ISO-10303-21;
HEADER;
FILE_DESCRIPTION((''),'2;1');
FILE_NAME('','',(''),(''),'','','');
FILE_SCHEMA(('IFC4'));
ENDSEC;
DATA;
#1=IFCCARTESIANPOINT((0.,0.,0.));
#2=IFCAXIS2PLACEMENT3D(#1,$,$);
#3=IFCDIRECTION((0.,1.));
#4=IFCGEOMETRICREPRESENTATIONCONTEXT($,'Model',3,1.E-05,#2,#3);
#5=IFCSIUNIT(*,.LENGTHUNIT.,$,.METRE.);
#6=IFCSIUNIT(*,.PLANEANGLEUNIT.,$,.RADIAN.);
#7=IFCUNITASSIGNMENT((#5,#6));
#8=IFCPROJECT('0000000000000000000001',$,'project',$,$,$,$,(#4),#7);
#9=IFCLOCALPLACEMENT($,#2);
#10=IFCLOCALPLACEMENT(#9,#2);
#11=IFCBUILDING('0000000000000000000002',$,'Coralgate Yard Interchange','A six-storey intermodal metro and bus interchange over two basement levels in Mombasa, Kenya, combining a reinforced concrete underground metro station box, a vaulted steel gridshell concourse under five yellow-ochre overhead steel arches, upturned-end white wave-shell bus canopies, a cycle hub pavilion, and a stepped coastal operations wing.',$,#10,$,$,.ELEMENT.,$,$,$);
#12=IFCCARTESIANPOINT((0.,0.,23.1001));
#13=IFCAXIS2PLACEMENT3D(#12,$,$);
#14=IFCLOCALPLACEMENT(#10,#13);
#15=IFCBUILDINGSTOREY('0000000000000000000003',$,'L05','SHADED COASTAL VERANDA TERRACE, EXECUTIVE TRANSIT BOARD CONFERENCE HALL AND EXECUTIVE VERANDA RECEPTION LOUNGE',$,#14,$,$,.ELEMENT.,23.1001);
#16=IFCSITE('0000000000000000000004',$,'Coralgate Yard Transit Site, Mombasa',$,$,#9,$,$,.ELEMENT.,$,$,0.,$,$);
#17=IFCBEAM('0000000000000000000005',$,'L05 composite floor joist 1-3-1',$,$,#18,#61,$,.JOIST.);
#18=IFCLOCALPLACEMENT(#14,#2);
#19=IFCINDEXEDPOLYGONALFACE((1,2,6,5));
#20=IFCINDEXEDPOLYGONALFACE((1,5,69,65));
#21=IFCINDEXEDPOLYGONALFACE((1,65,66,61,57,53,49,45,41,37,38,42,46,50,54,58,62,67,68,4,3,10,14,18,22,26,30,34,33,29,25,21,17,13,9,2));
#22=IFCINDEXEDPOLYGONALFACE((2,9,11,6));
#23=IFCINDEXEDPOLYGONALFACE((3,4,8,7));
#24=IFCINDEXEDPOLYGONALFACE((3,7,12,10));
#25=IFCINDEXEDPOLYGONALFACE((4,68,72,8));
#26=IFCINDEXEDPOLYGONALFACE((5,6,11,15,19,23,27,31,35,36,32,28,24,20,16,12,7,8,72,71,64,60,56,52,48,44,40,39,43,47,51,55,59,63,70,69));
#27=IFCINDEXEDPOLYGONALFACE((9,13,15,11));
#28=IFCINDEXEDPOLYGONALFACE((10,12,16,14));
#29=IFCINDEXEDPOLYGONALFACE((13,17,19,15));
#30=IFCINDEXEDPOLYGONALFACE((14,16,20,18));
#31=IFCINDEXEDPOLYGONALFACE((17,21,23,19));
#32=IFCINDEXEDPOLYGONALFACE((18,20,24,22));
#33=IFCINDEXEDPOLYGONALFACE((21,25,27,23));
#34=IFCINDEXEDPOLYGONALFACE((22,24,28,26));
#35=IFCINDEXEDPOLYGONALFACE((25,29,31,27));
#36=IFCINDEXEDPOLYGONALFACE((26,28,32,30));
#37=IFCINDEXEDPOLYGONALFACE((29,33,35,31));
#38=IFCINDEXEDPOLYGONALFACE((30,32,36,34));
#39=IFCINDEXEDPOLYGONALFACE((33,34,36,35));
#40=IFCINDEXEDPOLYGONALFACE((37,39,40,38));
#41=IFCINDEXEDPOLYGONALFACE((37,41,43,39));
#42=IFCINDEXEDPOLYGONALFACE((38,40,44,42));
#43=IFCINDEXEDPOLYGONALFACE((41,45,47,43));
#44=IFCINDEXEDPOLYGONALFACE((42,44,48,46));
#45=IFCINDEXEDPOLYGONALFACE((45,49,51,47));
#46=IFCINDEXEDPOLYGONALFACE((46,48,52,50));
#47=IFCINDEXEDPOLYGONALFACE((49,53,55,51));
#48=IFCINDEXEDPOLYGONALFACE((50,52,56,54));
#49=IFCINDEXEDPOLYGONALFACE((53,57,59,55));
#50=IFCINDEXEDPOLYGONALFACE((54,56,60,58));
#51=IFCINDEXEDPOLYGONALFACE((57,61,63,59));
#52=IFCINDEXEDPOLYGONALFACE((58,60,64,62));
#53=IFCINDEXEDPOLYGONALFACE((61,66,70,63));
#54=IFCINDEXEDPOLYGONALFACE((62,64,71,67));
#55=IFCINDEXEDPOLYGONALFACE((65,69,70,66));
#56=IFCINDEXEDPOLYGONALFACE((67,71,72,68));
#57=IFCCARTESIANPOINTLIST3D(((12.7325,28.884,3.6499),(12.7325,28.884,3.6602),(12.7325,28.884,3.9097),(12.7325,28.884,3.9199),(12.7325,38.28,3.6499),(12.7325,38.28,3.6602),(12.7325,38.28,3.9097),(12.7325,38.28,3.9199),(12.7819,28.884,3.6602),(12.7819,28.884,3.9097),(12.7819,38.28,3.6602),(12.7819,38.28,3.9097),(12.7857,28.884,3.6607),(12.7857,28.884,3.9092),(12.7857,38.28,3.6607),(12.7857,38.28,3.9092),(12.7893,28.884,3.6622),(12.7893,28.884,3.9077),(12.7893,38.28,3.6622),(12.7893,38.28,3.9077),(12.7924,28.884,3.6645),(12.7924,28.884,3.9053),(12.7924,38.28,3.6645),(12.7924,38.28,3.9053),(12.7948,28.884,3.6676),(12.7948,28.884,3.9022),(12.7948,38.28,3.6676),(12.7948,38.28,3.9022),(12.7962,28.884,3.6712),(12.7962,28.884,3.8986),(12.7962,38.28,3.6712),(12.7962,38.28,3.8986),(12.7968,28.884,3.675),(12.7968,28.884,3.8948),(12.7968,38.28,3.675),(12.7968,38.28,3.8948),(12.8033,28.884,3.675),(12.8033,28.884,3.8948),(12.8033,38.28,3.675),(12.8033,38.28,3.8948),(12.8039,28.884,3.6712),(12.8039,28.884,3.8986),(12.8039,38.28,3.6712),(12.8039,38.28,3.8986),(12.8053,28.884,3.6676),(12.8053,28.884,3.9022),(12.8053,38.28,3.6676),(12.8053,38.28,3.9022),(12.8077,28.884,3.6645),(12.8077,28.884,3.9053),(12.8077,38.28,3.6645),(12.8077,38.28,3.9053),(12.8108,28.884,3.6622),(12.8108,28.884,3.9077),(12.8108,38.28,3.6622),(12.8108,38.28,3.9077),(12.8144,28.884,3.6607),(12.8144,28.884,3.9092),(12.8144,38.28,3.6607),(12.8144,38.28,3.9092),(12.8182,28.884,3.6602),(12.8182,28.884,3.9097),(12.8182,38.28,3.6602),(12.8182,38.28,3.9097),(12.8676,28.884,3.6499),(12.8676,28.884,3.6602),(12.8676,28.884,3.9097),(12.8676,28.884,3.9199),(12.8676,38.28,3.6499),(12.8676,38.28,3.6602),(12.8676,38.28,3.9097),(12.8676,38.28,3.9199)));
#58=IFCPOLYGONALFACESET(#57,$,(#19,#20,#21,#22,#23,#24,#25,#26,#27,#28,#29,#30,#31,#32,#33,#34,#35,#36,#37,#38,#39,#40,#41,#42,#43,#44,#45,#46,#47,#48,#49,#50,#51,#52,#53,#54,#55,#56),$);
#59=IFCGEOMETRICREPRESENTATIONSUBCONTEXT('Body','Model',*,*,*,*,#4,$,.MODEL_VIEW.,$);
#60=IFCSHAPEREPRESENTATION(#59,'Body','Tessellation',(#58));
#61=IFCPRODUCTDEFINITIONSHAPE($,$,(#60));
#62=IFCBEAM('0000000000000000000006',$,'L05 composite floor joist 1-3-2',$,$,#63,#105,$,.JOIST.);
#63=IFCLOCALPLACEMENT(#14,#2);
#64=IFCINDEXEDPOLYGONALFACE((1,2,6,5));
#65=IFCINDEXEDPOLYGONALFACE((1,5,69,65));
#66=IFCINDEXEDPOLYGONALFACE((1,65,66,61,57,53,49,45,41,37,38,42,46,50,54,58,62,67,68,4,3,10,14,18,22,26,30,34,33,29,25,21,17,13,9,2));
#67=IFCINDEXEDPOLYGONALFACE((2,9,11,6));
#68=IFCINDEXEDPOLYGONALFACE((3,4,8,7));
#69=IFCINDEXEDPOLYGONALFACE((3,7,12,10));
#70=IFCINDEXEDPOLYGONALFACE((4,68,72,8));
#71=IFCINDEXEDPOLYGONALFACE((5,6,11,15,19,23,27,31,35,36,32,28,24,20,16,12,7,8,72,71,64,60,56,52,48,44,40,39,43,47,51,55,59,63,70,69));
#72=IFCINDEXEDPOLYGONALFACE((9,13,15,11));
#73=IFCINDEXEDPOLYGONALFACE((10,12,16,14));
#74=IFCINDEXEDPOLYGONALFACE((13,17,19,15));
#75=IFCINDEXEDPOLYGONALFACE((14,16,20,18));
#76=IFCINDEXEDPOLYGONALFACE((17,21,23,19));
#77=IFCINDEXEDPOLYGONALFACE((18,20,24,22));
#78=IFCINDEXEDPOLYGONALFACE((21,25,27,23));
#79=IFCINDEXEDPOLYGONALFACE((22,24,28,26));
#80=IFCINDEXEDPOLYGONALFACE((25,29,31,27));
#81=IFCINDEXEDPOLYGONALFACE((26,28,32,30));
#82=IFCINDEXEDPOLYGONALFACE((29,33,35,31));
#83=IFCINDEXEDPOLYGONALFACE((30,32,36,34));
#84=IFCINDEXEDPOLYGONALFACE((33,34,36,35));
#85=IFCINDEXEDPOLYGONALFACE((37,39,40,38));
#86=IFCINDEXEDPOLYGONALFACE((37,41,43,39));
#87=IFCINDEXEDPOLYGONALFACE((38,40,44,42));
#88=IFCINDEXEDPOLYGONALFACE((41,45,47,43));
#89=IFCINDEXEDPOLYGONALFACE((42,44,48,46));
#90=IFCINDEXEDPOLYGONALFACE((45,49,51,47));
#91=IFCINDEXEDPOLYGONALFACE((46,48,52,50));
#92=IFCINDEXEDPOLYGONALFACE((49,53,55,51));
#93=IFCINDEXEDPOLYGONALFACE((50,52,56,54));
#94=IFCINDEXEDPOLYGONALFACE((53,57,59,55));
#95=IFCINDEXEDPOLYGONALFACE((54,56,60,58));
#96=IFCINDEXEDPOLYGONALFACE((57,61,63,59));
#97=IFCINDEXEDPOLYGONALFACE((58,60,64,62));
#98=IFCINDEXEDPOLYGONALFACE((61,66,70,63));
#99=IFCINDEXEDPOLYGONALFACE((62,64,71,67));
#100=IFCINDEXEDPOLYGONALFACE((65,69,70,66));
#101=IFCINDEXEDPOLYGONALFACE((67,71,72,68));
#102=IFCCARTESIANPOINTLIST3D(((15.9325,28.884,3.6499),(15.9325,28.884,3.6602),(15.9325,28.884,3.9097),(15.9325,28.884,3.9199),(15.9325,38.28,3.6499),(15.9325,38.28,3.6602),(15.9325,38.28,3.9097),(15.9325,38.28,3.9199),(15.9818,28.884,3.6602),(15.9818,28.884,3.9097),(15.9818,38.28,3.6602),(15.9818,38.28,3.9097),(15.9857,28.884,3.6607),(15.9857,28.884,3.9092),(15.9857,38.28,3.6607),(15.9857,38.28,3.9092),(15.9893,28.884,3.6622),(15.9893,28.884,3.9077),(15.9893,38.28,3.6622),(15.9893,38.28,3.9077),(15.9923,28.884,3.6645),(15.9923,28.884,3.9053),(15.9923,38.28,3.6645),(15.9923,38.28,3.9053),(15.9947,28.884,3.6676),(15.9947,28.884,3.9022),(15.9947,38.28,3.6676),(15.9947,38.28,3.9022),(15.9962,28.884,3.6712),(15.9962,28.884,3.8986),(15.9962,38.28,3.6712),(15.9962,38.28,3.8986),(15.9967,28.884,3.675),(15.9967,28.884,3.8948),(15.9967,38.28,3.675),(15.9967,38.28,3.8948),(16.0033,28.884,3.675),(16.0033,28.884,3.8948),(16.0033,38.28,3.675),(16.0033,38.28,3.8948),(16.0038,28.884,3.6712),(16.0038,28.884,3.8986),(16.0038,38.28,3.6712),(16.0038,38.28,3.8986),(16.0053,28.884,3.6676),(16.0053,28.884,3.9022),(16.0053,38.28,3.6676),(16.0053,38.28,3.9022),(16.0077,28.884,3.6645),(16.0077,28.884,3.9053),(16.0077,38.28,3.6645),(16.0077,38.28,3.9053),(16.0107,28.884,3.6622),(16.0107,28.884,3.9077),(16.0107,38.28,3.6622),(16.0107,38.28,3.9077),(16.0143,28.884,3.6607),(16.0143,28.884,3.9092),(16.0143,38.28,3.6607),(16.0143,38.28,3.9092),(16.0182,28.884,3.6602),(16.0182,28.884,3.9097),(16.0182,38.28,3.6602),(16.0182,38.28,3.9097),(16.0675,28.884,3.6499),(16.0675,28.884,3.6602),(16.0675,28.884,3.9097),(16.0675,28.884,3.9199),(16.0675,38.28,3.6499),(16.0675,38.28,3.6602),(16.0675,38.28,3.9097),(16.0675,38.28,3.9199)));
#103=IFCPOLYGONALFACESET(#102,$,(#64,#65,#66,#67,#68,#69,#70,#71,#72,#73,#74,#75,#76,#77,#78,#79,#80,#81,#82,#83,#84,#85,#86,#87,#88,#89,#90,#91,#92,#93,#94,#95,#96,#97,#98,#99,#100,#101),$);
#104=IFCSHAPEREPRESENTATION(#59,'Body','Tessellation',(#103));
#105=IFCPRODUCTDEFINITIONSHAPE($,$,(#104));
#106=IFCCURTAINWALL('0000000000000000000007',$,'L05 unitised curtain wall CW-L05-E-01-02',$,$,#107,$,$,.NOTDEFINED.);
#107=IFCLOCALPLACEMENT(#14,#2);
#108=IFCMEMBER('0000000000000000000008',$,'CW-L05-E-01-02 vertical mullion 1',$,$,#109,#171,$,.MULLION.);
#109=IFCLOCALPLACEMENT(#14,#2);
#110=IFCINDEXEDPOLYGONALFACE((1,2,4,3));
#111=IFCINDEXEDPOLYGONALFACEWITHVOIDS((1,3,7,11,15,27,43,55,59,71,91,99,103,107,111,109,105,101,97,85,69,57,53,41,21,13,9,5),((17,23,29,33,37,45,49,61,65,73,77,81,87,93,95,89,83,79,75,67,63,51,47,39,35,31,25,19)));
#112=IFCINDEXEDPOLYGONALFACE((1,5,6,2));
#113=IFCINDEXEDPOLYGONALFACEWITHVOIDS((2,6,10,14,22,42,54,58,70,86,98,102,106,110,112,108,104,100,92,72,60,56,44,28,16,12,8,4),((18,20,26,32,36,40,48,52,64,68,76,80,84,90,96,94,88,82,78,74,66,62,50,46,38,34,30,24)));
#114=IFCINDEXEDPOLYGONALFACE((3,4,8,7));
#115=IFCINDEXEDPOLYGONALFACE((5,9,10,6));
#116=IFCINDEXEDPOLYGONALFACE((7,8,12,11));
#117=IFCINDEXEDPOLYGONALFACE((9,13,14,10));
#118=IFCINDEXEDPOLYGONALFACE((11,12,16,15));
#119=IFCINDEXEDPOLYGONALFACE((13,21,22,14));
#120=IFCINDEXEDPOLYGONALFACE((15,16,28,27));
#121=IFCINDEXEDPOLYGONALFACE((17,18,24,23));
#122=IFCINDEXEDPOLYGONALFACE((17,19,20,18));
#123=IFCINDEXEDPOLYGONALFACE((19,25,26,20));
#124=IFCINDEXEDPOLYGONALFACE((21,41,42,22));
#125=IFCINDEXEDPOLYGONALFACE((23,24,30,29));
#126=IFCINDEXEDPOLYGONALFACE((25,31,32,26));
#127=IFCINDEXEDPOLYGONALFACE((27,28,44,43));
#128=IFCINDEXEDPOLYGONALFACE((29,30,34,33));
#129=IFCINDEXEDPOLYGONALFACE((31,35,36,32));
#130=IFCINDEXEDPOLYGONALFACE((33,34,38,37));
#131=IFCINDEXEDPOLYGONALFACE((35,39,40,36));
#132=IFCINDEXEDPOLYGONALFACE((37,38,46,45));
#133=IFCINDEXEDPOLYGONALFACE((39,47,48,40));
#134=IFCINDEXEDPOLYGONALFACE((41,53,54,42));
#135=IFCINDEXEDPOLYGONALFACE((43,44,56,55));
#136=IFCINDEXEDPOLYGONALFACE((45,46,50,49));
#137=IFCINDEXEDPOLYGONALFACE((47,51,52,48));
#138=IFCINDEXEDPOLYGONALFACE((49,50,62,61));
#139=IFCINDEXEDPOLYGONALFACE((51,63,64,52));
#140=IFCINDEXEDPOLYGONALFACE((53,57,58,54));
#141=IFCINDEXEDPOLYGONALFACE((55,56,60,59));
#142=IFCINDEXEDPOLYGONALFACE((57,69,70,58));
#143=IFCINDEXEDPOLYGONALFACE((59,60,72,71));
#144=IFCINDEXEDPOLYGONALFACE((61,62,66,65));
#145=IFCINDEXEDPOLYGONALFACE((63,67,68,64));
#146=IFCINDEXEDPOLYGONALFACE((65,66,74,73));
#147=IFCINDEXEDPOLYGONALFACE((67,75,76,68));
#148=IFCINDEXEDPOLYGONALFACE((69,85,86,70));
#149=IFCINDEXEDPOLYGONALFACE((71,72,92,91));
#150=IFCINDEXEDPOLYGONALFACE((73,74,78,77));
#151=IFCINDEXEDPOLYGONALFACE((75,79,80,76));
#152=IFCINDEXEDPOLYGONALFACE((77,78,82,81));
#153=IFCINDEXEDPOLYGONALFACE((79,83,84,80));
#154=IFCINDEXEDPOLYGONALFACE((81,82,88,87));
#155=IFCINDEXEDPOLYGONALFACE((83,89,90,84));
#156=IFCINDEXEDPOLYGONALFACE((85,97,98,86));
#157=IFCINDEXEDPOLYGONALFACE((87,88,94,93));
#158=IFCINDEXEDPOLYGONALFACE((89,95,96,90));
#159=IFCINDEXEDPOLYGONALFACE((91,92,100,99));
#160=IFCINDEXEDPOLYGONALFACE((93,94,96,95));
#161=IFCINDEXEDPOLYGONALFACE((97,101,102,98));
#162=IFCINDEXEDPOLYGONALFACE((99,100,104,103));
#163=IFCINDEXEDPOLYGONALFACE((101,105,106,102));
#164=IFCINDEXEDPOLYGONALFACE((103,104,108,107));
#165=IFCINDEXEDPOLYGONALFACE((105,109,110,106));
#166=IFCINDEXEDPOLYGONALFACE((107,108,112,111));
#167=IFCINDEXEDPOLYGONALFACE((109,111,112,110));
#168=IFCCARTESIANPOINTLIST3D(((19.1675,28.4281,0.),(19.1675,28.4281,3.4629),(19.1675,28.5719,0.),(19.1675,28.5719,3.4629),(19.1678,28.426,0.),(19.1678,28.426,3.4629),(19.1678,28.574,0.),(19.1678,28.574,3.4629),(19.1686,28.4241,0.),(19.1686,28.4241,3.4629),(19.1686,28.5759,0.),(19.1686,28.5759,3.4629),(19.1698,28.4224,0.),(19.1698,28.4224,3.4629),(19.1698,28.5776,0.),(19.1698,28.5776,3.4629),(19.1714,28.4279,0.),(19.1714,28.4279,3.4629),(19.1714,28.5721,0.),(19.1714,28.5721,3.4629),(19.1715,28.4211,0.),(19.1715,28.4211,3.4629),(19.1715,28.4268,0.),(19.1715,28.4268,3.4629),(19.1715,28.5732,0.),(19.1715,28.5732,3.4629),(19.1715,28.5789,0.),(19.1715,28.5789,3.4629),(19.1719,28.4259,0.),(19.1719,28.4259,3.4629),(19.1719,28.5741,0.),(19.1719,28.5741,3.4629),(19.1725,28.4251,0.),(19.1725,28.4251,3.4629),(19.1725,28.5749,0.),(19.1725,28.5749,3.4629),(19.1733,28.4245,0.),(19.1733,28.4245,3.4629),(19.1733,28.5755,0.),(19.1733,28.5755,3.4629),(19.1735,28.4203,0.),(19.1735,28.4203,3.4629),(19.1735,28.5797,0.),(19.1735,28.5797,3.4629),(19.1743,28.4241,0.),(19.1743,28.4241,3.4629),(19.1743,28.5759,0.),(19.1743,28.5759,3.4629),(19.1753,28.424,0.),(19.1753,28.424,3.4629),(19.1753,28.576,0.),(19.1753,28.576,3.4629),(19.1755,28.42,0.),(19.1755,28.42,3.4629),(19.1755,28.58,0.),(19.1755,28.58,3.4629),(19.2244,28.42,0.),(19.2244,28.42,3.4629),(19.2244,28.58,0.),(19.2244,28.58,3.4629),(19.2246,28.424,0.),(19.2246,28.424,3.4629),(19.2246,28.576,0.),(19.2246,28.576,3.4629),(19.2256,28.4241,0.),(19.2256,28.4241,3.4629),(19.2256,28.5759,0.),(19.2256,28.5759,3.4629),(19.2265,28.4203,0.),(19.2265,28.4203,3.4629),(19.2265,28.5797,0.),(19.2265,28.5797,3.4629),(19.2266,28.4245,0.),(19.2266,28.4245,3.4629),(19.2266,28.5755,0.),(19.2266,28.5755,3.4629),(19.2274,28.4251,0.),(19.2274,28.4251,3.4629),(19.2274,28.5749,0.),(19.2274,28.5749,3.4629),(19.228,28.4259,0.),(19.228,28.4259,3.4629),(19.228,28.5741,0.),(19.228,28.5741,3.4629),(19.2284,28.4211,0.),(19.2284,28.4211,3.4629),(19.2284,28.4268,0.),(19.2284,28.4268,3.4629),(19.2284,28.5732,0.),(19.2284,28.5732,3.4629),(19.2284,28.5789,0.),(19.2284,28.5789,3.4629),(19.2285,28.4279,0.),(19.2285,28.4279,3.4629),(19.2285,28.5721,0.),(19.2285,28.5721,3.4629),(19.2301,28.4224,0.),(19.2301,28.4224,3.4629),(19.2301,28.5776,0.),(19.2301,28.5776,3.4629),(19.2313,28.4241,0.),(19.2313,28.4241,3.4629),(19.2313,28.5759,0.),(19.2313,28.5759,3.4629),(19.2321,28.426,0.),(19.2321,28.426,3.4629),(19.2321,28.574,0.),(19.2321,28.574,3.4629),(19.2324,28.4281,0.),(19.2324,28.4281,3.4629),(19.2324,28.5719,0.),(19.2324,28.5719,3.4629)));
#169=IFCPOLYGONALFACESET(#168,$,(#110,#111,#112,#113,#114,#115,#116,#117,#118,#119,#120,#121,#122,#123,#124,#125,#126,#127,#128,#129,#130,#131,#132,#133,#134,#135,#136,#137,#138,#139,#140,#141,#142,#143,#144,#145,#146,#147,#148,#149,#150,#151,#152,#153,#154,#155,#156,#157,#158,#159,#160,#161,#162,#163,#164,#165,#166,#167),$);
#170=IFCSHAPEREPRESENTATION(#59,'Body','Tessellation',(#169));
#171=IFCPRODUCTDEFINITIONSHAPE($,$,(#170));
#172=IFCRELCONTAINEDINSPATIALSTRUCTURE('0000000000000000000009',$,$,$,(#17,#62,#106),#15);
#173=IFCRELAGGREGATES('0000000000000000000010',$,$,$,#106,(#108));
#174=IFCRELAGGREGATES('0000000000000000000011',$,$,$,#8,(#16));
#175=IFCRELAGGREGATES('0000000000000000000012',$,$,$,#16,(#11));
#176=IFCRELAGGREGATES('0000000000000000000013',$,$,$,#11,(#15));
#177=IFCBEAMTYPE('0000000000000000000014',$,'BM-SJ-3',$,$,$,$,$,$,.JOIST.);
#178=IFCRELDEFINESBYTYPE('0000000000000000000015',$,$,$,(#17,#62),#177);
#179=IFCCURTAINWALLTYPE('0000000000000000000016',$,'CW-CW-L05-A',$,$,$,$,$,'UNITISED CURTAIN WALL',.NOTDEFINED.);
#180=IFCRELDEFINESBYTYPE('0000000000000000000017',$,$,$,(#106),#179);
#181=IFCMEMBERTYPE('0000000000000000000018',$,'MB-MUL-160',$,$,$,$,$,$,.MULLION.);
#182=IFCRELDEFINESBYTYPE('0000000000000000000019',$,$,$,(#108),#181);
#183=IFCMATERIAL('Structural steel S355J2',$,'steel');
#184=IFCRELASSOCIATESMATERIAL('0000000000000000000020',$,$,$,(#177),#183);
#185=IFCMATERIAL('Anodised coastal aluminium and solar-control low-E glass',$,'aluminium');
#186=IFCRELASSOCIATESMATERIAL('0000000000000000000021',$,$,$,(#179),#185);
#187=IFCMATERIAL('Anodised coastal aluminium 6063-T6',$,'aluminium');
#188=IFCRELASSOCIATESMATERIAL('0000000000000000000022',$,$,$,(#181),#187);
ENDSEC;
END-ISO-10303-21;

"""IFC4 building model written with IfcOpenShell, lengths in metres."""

from ifc_helpers import new_model, si_unit, direction, frame, origin, origin_2d, place, context, subcontext, project, spatial, hollow_rectangle, i_section, extrude, material, material_profile, profile_set, type_object, element, aggregate, save


model = new_model("IFC4")

# Units and contexts
model_context = context("Model", 3, precision=1e-05, world=origin(), true_north=direction((0.0, 1.0)))
body_context = subcontext(model_context, "Body", "Model", "MODEL_VIEW")
ifc_project = project(units=[si_unit("LENGTHUNIT", "METRE"), si_unit("PLANEANGLEUNIT", "RADIAN")], contexts=[model_context])

# Site, building, storey
site_placement = place(None, origin())
site = spatial("IfcSite", under=ifc_project, at=site_placement, Name="Coralgate Yard Transit Site, Mombasa", CompositionType="ELEMENT", RefElevation=0.0)
building_placement = place(site_placement, origin())
building = spatial("IfcBuilding", under=site, at=building_placement, Name="Coralgate Yard Interchange", Description="A six-storey intermodal metro and bus interchange over two basement levels in Mombasa, Kenya, combining a reinforced concrete underground metro station box, a vaulted steel gridshell concourse under five yellow-ochre overhead steel arches, upturned-end white wave-shell bus canopies, a cycle hub pavilion, and a stepped coastal operations wing.", CompositionType="ELEMENT")
storey_placement = place(building_placement, frame((0.0, 0.0, 23.1001)))
storey = spatial("IfcBuildingStorey", under=building, at=storey_placement, Name="L05", Description="SHADED COASTAL VERANDA TERRACE, EXECUTIVE TRANSIT BOARD CONFERENCE HALL AND EXECUTIVE VERANDA RECEPTION LOUNGE", CompositionType="ELEMENT", Elevation=23.1001)

# Shared definitions
ifc_material_1 = material(Name="Structural steel S355J2", Category="steel")

# Beams
ifc_material_profile_1 = material_profile(ifc_material_1, i_section(OverallWidth=0.135, OverallDepth=0.27, WebThickness=0.0066, FlangeThickness=0.0103, FilletRadius=0.0149, at=origin_2d()), Name="IPE 270")
ifc_profile_set_1 = profile_set([ifc_material_profile_1], Name="Structural steel S355J2")
beam_type_1 = type_object("IfcBeamType", Name="BM-SJ-3", PredefinedType="JOIST", material=ifc_profile_set_1)
for number, where, z_axis, x_axis, name in (
    (1, (12.8, 28.884, 3.7849), (0.0, 1.0, 0.0), (-1.0, 0.0, 0.0), "L05 composite floor joist 1-3-1"),
    (2, (16.0, 28.884, 3.7849), (0.0, 1.0, 0.0), (-1.0, 0.0, 0.0), "L05 composite floor joist 1-3-2"),
):
    element("IfcBeam", number, at=place(storey_placement, frame(where, z_axis=z_axis, x_axis=x_axis)), inside=storey, type_object=beam_type_1, Name=name, PredefinedType="JOIST", context=body_context, shape_type="SweptSolid", body=[
        extrude(i_section(OverallWidth=0.135, OverallDepth=0.27, WebThickness=0.0066, FlangeThickness=0.0103, FilletRadius=0.0149, at=origin_2d()), origin(), (0.0, 0.0, 1.0), 9.396),
    ])

# Curtain wall, member
ifc_material_2 = material(Name="Anodised coastal aluminium and solar-control low-E glass", Category="aluminium")
curtain_wall_type = type_object("IfcCurtainWallType", Name="CW-CW-L05-A", ElementType="UNITISED CURTAIN WALL", PredefinedType="NOTDEFINED", material=ifc_material_2)
curtain_wall_placement = place(storey_placement, origin())
curtain_wall = element("IfcCurtainWall", 3, at=curtain_wall_placement, inside=storey, type_object=curtain_wall_type, Name="L05 unitised curtain wall CW-L05-E-01-02", PredefinedType="NOTDEFINED")
ifc_material_3 = material(Name="Anodised coastal aluminium 6063-T6", Category="aluminium")
ifc_material_profile_2 = material_profile(ifc_material_3, hollow_rectangle(XDim=0.0649, YDim=0.1599, WallThickness=0.0039, InnerFilletRadius=0.0039, OuterFilletRadius=0.0081, at=origin_2d()), Name="ALU 65x160x4")
ifc_profile_set_2 = profile_set([ifc_material_profile_2], Name="Anodised coastal aluminium 6063-T6")
member_type_1 = type_object("IfcMemberType", Name="MB-MUL-160", PredefinedType="MULLION", material=ifc_profile_set_2)
member_1_placement = place(storey_placement, frame((19.2, 28.5, 0.0), z_axis=(0.0, 0.0, 1.0), x_axis=(1.0, 0.0, 0.0)))
member_1 = element("IfcMember", 4, at=member_1_placement, type_object=member_type_1, Name="CW-L05-E-01-02 vertical mullion 1", PredefinedType="MULLION", context=body_context, shape_type="SweptSolid", body=[
    extrude(hollow_rectangle(XDim=0.0649, YDim=0.1599, WallThickness=0.0039, InnerFilletRadius=0.0039, OuterFilletRadius=0.0081, at=origin_2d()), origin(), (0.0, 0.0, 1.0), 3.4629),
])
aggregate(curtain_wall, [member_1])

save(model, "model.ifc")
